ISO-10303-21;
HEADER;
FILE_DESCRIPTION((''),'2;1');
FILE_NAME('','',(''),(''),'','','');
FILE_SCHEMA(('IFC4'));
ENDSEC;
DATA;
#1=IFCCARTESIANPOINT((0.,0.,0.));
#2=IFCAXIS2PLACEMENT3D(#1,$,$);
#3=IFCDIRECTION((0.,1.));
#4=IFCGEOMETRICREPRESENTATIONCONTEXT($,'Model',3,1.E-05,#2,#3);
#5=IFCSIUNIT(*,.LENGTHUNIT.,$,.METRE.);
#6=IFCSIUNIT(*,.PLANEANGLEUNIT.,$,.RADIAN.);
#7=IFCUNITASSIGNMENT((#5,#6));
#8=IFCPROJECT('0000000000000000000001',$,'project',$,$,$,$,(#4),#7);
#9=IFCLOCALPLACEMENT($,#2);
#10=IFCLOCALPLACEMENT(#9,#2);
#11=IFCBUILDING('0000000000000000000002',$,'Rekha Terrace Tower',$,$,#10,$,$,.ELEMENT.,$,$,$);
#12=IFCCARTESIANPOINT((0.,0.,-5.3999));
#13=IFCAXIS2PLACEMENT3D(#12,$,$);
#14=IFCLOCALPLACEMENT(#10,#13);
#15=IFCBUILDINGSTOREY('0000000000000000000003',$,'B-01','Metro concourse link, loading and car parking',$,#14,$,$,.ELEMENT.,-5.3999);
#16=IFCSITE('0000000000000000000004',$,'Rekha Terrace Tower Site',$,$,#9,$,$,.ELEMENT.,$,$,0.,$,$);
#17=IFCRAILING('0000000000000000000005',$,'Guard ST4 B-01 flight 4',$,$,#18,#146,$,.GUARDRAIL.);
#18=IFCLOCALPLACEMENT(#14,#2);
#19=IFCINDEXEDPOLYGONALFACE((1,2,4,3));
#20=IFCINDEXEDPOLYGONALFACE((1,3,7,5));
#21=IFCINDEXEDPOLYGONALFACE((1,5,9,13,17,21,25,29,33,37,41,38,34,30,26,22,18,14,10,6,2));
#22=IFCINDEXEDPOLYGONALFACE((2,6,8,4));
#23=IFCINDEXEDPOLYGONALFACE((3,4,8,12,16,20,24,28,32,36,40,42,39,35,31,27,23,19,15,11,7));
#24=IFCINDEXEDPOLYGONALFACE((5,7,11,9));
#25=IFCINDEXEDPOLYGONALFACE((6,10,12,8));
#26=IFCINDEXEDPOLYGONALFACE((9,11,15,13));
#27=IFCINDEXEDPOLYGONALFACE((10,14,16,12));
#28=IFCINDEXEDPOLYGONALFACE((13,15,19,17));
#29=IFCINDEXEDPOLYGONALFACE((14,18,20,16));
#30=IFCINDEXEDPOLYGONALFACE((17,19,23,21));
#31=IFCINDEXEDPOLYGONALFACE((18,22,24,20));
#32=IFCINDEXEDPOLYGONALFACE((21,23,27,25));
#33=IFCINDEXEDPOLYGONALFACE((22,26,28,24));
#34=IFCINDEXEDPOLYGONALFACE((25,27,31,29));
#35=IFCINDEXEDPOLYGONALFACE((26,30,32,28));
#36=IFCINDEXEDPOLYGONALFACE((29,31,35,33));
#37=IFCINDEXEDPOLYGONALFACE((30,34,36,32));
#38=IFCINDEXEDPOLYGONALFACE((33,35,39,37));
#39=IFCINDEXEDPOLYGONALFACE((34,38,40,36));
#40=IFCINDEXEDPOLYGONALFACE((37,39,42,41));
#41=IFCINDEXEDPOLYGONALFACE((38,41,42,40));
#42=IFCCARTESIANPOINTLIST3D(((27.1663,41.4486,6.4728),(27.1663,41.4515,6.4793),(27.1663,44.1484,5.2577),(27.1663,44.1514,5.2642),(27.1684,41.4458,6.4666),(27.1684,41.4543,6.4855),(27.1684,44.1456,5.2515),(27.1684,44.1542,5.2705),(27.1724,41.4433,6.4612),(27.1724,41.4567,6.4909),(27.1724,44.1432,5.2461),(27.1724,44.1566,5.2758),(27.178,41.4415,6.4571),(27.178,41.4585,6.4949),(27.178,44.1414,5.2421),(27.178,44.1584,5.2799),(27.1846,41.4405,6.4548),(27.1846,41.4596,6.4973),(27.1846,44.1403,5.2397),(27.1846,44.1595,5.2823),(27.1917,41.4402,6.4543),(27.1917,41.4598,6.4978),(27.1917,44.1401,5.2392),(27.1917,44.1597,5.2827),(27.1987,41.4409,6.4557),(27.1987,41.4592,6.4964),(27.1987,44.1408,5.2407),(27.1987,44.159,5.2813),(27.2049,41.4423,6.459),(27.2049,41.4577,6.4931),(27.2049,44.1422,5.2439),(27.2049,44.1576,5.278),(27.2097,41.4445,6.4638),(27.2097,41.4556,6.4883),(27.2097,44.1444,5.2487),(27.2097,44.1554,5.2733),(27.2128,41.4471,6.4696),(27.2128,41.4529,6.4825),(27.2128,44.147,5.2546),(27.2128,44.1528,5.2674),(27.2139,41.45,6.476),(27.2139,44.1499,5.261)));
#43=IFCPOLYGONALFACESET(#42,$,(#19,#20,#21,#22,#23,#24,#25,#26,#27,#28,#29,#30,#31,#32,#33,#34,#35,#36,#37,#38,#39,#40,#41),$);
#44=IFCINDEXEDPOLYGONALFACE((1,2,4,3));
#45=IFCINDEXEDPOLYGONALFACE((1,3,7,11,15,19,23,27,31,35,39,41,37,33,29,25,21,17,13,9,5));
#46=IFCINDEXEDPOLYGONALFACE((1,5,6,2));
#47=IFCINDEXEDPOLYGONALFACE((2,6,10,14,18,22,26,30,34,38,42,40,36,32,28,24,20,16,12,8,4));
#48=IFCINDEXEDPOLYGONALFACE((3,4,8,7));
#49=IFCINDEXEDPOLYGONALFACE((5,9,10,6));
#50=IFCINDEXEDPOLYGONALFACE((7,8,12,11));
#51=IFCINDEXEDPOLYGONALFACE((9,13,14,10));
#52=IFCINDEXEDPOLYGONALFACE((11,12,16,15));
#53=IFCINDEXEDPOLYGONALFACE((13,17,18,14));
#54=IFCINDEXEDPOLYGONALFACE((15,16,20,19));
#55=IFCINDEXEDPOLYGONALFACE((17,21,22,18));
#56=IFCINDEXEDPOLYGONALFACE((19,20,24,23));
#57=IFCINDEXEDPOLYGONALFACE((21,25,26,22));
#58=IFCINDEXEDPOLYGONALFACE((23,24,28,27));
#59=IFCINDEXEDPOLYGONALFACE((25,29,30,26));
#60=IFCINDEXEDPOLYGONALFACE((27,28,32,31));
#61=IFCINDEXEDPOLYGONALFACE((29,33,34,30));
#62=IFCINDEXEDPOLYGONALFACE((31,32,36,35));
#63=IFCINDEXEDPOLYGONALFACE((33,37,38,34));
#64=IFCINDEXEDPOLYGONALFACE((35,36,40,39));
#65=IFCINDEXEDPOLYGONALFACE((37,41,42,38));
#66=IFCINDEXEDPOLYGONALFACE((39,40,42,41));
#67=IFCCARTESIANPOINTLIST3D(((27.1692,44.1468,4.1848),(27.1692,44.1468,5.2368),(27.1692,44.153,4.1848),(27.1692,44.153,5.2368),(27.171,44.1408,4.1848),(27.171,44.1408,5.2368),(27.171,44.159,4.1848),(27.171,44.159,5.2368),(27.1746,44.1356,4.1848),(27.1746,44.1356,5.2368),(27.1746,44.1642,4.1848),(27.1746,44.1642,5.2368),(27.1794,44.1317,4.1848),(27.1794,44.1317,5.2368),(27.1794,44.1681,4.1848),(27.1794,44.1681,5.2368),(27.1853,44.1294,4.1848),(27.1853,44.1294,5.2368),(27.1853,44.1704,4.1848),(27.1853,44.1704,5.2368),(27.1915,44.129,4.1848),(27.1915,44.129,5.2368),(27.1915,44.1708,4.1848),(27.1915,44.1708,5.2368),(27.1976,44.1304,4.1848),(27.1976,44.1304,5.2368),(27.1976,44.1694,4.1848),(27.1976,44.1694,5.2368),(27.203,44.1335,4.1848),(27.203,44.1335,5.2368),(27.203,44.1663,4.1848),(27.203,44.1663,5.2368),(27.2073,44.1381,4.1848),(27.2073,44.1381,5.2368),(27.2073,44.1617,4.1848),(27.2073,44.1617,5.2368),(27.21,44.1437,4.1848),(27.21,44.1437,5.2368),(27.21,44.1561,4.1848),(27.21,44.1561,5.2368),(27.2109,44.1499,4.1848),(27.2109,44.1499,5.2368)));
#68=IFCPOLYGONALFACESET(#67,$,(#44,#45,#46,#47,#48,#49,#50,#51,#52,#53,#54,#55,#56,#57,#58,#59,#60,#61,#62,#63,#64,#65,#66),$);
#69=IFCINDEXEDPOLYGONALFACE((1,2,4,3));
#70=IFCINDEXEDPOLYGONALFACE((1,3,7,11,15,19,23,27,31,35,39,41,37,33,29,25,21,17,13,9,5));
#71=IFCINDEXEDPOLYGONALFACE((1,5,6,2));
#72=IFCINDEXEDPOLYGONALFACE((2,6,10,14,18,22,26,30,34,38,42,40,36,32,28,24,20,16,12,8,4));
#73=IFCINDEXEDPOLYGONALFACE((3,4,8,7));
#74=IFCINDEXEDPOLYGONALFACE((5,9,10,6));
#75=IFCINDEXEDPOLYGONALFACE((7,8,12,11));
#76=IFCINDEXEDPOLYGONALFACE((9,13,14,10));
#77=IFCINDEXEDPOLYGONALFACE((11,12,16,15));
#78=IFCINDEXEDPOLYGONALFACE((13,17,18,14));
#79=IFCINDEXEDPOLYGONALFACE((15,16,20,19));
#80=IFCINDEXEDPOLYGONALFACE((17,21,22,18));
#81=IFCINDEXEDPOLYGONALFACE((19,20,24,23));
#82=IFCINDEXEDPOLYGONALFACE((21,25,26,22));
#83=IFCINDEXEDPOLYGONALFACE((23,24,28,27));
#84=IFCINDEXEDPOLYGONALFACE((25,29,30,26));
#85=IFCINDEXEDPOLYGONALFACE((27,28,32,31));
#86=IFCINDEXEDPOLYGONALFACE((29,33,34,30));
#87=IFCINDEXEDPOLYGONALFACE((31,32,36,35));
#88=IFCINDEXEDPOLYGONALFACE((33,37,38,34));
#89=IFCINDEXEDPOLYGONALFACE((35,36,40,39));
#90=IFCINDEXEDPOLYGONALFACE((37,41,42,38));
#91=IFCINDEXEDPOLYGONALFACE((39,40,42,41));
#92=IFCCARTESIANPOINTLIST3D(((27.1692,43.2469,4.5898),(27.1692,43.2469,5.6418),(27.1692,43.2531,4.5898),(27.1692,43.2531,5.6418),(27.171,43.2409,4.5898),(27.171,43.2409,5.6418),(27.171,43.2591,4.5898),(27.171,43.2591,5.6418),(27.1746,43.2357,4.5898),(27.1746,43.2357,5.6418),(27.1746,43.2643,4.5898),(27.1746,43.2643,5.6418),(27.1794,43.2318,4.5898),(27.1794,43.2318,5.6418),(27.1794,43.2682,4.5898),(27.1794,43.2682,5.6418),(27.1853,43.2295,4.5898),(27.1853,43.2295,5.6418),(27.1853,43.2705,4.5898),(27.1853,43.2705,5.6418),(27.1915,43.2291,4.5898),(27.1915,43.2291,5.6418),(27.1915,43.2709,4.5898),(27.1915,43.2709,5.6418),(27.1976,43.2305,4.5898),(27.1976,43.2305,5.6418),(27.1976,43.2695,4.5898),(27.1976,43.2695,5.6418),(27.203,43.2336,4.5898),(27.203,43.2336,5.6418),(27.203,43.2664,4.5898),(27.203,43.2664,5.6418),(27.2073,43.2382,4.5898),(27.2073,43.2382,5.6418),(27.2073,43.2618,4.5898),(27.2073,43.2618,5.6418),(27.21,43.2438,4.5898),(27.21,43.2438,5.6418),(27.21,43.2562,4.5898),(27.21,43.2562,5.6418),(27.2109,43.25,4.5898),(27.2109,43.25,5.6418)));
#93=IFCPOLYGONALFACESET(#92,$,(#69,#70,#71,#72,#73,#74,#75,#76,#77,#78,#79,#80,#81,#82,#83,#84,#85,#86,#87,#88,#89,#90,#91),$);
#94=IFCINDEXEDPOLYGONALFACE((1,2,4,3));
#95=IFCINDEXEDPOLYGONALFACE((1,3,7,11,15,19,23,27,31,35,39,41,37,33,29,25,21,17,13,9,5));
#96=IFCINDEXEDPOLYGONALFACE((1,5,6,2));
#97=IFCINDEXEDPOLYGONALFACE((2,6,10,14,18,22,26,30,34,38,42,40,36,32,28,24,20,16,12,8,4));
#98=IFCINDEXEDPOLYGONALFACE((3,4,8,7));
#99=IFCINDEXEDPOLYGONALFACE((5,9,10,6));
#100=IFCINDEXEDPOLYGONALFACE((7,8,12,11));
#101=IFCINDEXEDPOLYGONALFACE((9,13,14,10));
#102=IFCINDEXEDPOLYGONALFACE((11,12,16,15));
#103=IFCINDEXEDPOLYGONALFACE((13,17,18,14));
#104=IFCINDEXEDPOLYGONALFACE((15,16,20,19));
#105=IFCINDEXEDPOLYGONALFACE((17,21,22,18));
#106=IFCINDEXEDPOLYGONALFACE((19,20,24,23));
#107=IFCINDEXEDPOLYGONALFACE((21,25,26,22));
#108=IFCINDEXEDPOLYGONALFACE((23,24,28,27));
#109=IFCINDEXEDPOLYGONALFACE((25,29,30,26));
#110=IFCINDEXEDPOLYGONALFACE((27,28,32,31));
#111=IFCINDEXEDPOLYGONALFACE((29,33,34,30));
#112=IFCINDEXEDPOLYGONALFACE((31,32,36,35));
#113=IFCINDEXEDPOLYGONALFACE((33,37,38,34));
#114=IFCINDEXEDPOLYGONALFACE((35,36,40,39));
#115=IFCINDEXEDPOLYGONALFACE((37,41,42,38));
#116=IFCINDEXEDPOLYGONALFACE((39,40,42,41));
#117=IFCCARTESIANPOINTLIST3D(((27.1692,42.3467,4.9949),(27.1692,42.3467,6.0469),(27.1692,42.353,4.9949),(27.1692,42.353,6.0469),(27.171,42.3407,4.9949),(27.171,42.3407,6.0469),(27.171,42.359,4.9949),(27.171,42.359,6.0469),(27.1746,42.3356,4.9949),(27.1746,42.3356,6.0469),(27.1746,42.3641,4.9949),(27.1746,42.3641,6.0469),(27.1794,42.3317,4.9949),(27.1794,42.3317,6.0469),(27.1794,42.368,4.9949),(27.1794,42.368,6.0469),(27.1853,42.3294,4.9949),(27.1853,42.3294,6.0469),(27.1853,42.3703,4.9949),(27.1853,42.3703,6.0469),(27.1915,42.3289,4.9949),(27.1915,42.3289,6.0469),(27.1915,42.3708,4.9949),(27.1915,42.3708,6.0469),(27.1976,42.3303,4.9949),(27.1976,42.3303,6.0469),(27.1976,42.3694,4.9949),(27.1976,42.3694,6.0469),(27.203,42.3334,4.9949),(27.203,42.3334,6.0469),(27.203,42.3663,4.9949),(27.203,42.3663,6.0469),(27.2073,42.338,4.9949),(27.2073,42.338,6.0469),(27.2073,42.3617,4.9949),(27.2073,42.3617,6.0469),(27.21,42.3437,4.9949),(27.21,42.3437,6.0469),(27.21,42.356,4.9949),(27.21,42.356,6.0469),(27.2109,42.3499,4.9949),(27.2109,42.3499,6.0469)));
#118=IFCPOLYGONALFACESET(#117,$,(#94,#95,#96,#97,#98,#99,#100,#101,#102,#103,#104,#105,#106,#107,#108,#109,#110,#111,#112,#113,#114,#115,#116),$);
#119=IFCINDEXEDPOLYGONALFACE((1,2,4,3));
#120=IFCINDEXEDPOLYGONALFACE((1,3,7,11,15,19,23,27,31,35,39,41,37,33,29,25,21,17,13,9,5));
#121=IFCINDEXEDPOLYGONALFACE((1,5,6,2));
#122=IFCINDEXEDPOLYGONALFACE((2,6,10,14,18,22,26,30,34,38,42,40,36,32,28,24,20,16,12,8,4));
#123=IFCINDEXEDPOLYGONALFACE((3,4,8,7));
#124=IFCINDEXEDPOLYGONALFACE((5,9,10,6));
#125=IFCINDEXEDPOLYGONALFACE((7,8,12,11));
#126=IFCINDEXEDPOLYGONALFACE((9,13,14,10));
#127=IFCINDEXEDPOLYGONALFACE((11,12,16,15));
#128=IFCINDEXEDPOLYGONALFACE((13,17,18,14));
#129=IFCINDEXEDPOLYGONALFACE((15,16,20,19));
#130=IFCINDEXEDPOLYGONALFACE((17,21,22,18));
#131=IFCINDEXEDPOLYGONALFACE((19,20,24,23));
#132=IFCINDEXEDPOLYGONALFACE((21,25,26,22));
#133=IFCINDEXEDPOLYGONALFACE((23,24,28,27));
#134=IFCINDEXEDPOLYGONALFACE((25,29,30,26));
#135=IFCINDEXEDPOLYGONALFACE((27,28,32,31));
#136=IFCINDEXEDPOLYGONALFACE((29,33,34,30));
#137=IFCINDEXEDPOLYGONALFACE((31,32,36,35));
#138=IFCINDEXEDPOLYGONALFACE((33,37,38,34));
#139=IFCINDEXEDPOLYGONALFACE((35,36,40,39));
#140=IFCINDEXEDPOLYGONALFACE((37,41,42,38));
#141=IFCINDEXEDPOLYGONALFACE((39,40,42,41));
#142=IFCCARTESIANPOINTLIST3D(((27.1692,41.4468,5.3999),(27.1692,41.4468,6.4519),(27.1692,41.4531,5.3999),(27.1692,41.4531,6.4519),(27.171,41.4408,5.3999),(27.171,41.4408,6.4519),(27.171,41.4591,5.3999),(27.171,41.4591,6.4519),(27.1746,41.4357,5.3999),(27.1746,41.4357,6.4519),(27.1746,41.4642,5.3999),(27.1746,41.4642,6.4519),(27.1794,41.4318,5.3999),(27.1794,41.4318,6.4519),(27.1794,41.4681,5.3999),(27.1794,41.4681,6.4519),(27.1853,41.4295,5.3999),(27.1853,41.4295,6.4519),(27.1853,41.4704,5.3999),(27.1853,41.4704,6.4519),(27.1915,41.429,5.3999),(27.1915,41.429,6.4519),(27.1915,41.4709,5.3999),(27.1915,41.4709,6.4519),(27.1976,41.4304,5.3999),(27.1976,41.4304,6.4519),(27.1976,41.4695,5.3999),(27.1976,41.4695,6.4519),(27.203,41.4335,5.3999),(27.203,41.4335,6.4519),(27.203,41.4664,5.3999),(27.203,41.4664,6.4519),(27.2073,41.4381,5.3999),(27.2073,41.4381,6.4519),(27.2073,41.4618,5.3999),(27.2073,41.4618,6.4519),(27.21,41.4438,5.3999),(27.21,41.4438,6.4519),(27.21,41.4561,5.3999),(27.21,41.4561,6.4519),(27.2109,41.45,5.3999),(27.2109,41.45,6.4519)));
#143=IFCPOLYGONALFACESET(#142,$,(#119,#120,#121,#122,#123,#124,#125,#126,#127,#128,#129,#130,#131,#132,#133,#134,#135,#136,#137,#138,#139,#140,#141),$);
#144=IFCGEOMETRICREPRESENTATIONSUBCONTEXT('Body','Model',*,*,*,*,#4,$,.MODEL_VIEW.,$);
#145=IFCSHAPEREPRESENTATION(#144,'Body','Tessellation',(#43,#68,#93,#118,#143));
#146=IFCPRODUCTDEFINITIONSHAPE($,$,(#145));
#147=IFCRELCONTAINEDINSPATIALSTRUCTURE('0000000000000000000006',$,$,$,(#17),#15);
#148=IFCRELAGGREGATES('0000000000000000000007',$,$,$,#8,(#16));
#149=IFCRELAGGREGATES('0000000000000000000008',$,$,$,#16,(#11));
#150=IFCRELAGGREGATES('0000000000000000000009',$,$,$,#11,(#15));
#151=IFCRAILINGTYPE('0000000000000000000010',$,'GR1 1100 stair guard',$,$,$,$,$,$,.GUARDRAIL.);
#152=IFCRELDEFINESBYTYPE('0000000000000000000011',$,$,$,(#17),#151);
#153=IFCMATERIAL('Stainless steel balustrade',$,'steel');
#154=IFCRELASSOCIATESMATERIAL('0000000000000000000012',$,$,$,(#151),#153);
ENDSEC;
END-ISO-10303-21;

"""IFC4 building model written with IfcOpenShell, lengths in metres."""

from ifc_helpers import new_model, si_unit, direction, frame, origin, origin_2d, place, context, subcontext, project, spatial, circle, extrude, material, type_object, element, save


model = new_model("IFC4")

# Units and contexts
model_context = context("Model", 3, precision=1e-05, world=origin(), true_north=direction((0.0, 1.0)))
body_context = subcontext(model_context, "Body", "Model", "MODEL_VIEW")
ifc_project = project(units=[si_unit("LENGTHUNIT", "METRE"), si_unit("PLANEANGLEUNIT", "RADIAN")], contexts=[model_context])

# Site, building, storey
site_placement = place(None, origin())
site = spatial("IfcSite", under=ifc_project, at=site_placement, Name="Rekha Terrace Tower Site", CompositionType="ELEMENT", RefElevation=0.0)
building_placement = place(site_placement, origin())
building = spatial("IfcBuilding", under=site, at=building_placement, Name="Rekha Terrace Tower", CompositionType="ELEMENT")
storey_placement = place(building_placement, frame((0.0, 0.0, -5.3999)))
storey = spatial("IfcBuildingStorey", under=building, at=storey_placement, Name="B-01", Description="Metro concourse link, loading and car parking", CompositionType="ELEMENT", Elevation=-5.3999)

# Railing
ifc_material_1 = material(Name="Stainless steel balustrade", Category="steel")
railing_type_1 = type_object("IfcRailingType", Name="GR1 1100 stair guard", PredefinedType="GUARDRAIL", material=ifc_material_1)
railing_1_placement = place(storey_placement, frame((27.1899, 44.1499, 4.1848)))
element("IfcRailing", 1, at=railing_1_placement, inside=storey, type_object=railing_type_1, Name="Guard ST4 B-01 flight 4", PredefinedType="GUARDRAIL", context=body_context, shape_type="SweptSolid", body=[
    extrude(circle(Radius=0.0239, at=origin_2d()), frame((0.0, 0.0, 1.0762), z_axis=(0.0, -0.911908, 0.410396), x_axis=(1.0, 0.0, 0.0)), (0.0, 0.0, 1.0), 2.9607),
    extrude(circle(Radius=0.021, at=origin_2d()), origin(), (0.0, 0.0, 1.0), 1.052),
    extrude(circle(Radius=0.021, at=origin_2d()), frame((0.0, -0.8999, 0.405)), (0.0, 0.0, 1.0), 1.052),
    extrude(circle(Radius=0.021, at=origin_2d()), frame((0.0, -1.8, 0.8101)), (0.0, 0.0, 1.0), 1.052),
    extrude(circle(Radius=0.021, at=origin_2d()), frame((0.0, -2.7, 1.2151)), (0.0, 0.0, 1.0), 1.052),
])

save(model, "model.ifc")
